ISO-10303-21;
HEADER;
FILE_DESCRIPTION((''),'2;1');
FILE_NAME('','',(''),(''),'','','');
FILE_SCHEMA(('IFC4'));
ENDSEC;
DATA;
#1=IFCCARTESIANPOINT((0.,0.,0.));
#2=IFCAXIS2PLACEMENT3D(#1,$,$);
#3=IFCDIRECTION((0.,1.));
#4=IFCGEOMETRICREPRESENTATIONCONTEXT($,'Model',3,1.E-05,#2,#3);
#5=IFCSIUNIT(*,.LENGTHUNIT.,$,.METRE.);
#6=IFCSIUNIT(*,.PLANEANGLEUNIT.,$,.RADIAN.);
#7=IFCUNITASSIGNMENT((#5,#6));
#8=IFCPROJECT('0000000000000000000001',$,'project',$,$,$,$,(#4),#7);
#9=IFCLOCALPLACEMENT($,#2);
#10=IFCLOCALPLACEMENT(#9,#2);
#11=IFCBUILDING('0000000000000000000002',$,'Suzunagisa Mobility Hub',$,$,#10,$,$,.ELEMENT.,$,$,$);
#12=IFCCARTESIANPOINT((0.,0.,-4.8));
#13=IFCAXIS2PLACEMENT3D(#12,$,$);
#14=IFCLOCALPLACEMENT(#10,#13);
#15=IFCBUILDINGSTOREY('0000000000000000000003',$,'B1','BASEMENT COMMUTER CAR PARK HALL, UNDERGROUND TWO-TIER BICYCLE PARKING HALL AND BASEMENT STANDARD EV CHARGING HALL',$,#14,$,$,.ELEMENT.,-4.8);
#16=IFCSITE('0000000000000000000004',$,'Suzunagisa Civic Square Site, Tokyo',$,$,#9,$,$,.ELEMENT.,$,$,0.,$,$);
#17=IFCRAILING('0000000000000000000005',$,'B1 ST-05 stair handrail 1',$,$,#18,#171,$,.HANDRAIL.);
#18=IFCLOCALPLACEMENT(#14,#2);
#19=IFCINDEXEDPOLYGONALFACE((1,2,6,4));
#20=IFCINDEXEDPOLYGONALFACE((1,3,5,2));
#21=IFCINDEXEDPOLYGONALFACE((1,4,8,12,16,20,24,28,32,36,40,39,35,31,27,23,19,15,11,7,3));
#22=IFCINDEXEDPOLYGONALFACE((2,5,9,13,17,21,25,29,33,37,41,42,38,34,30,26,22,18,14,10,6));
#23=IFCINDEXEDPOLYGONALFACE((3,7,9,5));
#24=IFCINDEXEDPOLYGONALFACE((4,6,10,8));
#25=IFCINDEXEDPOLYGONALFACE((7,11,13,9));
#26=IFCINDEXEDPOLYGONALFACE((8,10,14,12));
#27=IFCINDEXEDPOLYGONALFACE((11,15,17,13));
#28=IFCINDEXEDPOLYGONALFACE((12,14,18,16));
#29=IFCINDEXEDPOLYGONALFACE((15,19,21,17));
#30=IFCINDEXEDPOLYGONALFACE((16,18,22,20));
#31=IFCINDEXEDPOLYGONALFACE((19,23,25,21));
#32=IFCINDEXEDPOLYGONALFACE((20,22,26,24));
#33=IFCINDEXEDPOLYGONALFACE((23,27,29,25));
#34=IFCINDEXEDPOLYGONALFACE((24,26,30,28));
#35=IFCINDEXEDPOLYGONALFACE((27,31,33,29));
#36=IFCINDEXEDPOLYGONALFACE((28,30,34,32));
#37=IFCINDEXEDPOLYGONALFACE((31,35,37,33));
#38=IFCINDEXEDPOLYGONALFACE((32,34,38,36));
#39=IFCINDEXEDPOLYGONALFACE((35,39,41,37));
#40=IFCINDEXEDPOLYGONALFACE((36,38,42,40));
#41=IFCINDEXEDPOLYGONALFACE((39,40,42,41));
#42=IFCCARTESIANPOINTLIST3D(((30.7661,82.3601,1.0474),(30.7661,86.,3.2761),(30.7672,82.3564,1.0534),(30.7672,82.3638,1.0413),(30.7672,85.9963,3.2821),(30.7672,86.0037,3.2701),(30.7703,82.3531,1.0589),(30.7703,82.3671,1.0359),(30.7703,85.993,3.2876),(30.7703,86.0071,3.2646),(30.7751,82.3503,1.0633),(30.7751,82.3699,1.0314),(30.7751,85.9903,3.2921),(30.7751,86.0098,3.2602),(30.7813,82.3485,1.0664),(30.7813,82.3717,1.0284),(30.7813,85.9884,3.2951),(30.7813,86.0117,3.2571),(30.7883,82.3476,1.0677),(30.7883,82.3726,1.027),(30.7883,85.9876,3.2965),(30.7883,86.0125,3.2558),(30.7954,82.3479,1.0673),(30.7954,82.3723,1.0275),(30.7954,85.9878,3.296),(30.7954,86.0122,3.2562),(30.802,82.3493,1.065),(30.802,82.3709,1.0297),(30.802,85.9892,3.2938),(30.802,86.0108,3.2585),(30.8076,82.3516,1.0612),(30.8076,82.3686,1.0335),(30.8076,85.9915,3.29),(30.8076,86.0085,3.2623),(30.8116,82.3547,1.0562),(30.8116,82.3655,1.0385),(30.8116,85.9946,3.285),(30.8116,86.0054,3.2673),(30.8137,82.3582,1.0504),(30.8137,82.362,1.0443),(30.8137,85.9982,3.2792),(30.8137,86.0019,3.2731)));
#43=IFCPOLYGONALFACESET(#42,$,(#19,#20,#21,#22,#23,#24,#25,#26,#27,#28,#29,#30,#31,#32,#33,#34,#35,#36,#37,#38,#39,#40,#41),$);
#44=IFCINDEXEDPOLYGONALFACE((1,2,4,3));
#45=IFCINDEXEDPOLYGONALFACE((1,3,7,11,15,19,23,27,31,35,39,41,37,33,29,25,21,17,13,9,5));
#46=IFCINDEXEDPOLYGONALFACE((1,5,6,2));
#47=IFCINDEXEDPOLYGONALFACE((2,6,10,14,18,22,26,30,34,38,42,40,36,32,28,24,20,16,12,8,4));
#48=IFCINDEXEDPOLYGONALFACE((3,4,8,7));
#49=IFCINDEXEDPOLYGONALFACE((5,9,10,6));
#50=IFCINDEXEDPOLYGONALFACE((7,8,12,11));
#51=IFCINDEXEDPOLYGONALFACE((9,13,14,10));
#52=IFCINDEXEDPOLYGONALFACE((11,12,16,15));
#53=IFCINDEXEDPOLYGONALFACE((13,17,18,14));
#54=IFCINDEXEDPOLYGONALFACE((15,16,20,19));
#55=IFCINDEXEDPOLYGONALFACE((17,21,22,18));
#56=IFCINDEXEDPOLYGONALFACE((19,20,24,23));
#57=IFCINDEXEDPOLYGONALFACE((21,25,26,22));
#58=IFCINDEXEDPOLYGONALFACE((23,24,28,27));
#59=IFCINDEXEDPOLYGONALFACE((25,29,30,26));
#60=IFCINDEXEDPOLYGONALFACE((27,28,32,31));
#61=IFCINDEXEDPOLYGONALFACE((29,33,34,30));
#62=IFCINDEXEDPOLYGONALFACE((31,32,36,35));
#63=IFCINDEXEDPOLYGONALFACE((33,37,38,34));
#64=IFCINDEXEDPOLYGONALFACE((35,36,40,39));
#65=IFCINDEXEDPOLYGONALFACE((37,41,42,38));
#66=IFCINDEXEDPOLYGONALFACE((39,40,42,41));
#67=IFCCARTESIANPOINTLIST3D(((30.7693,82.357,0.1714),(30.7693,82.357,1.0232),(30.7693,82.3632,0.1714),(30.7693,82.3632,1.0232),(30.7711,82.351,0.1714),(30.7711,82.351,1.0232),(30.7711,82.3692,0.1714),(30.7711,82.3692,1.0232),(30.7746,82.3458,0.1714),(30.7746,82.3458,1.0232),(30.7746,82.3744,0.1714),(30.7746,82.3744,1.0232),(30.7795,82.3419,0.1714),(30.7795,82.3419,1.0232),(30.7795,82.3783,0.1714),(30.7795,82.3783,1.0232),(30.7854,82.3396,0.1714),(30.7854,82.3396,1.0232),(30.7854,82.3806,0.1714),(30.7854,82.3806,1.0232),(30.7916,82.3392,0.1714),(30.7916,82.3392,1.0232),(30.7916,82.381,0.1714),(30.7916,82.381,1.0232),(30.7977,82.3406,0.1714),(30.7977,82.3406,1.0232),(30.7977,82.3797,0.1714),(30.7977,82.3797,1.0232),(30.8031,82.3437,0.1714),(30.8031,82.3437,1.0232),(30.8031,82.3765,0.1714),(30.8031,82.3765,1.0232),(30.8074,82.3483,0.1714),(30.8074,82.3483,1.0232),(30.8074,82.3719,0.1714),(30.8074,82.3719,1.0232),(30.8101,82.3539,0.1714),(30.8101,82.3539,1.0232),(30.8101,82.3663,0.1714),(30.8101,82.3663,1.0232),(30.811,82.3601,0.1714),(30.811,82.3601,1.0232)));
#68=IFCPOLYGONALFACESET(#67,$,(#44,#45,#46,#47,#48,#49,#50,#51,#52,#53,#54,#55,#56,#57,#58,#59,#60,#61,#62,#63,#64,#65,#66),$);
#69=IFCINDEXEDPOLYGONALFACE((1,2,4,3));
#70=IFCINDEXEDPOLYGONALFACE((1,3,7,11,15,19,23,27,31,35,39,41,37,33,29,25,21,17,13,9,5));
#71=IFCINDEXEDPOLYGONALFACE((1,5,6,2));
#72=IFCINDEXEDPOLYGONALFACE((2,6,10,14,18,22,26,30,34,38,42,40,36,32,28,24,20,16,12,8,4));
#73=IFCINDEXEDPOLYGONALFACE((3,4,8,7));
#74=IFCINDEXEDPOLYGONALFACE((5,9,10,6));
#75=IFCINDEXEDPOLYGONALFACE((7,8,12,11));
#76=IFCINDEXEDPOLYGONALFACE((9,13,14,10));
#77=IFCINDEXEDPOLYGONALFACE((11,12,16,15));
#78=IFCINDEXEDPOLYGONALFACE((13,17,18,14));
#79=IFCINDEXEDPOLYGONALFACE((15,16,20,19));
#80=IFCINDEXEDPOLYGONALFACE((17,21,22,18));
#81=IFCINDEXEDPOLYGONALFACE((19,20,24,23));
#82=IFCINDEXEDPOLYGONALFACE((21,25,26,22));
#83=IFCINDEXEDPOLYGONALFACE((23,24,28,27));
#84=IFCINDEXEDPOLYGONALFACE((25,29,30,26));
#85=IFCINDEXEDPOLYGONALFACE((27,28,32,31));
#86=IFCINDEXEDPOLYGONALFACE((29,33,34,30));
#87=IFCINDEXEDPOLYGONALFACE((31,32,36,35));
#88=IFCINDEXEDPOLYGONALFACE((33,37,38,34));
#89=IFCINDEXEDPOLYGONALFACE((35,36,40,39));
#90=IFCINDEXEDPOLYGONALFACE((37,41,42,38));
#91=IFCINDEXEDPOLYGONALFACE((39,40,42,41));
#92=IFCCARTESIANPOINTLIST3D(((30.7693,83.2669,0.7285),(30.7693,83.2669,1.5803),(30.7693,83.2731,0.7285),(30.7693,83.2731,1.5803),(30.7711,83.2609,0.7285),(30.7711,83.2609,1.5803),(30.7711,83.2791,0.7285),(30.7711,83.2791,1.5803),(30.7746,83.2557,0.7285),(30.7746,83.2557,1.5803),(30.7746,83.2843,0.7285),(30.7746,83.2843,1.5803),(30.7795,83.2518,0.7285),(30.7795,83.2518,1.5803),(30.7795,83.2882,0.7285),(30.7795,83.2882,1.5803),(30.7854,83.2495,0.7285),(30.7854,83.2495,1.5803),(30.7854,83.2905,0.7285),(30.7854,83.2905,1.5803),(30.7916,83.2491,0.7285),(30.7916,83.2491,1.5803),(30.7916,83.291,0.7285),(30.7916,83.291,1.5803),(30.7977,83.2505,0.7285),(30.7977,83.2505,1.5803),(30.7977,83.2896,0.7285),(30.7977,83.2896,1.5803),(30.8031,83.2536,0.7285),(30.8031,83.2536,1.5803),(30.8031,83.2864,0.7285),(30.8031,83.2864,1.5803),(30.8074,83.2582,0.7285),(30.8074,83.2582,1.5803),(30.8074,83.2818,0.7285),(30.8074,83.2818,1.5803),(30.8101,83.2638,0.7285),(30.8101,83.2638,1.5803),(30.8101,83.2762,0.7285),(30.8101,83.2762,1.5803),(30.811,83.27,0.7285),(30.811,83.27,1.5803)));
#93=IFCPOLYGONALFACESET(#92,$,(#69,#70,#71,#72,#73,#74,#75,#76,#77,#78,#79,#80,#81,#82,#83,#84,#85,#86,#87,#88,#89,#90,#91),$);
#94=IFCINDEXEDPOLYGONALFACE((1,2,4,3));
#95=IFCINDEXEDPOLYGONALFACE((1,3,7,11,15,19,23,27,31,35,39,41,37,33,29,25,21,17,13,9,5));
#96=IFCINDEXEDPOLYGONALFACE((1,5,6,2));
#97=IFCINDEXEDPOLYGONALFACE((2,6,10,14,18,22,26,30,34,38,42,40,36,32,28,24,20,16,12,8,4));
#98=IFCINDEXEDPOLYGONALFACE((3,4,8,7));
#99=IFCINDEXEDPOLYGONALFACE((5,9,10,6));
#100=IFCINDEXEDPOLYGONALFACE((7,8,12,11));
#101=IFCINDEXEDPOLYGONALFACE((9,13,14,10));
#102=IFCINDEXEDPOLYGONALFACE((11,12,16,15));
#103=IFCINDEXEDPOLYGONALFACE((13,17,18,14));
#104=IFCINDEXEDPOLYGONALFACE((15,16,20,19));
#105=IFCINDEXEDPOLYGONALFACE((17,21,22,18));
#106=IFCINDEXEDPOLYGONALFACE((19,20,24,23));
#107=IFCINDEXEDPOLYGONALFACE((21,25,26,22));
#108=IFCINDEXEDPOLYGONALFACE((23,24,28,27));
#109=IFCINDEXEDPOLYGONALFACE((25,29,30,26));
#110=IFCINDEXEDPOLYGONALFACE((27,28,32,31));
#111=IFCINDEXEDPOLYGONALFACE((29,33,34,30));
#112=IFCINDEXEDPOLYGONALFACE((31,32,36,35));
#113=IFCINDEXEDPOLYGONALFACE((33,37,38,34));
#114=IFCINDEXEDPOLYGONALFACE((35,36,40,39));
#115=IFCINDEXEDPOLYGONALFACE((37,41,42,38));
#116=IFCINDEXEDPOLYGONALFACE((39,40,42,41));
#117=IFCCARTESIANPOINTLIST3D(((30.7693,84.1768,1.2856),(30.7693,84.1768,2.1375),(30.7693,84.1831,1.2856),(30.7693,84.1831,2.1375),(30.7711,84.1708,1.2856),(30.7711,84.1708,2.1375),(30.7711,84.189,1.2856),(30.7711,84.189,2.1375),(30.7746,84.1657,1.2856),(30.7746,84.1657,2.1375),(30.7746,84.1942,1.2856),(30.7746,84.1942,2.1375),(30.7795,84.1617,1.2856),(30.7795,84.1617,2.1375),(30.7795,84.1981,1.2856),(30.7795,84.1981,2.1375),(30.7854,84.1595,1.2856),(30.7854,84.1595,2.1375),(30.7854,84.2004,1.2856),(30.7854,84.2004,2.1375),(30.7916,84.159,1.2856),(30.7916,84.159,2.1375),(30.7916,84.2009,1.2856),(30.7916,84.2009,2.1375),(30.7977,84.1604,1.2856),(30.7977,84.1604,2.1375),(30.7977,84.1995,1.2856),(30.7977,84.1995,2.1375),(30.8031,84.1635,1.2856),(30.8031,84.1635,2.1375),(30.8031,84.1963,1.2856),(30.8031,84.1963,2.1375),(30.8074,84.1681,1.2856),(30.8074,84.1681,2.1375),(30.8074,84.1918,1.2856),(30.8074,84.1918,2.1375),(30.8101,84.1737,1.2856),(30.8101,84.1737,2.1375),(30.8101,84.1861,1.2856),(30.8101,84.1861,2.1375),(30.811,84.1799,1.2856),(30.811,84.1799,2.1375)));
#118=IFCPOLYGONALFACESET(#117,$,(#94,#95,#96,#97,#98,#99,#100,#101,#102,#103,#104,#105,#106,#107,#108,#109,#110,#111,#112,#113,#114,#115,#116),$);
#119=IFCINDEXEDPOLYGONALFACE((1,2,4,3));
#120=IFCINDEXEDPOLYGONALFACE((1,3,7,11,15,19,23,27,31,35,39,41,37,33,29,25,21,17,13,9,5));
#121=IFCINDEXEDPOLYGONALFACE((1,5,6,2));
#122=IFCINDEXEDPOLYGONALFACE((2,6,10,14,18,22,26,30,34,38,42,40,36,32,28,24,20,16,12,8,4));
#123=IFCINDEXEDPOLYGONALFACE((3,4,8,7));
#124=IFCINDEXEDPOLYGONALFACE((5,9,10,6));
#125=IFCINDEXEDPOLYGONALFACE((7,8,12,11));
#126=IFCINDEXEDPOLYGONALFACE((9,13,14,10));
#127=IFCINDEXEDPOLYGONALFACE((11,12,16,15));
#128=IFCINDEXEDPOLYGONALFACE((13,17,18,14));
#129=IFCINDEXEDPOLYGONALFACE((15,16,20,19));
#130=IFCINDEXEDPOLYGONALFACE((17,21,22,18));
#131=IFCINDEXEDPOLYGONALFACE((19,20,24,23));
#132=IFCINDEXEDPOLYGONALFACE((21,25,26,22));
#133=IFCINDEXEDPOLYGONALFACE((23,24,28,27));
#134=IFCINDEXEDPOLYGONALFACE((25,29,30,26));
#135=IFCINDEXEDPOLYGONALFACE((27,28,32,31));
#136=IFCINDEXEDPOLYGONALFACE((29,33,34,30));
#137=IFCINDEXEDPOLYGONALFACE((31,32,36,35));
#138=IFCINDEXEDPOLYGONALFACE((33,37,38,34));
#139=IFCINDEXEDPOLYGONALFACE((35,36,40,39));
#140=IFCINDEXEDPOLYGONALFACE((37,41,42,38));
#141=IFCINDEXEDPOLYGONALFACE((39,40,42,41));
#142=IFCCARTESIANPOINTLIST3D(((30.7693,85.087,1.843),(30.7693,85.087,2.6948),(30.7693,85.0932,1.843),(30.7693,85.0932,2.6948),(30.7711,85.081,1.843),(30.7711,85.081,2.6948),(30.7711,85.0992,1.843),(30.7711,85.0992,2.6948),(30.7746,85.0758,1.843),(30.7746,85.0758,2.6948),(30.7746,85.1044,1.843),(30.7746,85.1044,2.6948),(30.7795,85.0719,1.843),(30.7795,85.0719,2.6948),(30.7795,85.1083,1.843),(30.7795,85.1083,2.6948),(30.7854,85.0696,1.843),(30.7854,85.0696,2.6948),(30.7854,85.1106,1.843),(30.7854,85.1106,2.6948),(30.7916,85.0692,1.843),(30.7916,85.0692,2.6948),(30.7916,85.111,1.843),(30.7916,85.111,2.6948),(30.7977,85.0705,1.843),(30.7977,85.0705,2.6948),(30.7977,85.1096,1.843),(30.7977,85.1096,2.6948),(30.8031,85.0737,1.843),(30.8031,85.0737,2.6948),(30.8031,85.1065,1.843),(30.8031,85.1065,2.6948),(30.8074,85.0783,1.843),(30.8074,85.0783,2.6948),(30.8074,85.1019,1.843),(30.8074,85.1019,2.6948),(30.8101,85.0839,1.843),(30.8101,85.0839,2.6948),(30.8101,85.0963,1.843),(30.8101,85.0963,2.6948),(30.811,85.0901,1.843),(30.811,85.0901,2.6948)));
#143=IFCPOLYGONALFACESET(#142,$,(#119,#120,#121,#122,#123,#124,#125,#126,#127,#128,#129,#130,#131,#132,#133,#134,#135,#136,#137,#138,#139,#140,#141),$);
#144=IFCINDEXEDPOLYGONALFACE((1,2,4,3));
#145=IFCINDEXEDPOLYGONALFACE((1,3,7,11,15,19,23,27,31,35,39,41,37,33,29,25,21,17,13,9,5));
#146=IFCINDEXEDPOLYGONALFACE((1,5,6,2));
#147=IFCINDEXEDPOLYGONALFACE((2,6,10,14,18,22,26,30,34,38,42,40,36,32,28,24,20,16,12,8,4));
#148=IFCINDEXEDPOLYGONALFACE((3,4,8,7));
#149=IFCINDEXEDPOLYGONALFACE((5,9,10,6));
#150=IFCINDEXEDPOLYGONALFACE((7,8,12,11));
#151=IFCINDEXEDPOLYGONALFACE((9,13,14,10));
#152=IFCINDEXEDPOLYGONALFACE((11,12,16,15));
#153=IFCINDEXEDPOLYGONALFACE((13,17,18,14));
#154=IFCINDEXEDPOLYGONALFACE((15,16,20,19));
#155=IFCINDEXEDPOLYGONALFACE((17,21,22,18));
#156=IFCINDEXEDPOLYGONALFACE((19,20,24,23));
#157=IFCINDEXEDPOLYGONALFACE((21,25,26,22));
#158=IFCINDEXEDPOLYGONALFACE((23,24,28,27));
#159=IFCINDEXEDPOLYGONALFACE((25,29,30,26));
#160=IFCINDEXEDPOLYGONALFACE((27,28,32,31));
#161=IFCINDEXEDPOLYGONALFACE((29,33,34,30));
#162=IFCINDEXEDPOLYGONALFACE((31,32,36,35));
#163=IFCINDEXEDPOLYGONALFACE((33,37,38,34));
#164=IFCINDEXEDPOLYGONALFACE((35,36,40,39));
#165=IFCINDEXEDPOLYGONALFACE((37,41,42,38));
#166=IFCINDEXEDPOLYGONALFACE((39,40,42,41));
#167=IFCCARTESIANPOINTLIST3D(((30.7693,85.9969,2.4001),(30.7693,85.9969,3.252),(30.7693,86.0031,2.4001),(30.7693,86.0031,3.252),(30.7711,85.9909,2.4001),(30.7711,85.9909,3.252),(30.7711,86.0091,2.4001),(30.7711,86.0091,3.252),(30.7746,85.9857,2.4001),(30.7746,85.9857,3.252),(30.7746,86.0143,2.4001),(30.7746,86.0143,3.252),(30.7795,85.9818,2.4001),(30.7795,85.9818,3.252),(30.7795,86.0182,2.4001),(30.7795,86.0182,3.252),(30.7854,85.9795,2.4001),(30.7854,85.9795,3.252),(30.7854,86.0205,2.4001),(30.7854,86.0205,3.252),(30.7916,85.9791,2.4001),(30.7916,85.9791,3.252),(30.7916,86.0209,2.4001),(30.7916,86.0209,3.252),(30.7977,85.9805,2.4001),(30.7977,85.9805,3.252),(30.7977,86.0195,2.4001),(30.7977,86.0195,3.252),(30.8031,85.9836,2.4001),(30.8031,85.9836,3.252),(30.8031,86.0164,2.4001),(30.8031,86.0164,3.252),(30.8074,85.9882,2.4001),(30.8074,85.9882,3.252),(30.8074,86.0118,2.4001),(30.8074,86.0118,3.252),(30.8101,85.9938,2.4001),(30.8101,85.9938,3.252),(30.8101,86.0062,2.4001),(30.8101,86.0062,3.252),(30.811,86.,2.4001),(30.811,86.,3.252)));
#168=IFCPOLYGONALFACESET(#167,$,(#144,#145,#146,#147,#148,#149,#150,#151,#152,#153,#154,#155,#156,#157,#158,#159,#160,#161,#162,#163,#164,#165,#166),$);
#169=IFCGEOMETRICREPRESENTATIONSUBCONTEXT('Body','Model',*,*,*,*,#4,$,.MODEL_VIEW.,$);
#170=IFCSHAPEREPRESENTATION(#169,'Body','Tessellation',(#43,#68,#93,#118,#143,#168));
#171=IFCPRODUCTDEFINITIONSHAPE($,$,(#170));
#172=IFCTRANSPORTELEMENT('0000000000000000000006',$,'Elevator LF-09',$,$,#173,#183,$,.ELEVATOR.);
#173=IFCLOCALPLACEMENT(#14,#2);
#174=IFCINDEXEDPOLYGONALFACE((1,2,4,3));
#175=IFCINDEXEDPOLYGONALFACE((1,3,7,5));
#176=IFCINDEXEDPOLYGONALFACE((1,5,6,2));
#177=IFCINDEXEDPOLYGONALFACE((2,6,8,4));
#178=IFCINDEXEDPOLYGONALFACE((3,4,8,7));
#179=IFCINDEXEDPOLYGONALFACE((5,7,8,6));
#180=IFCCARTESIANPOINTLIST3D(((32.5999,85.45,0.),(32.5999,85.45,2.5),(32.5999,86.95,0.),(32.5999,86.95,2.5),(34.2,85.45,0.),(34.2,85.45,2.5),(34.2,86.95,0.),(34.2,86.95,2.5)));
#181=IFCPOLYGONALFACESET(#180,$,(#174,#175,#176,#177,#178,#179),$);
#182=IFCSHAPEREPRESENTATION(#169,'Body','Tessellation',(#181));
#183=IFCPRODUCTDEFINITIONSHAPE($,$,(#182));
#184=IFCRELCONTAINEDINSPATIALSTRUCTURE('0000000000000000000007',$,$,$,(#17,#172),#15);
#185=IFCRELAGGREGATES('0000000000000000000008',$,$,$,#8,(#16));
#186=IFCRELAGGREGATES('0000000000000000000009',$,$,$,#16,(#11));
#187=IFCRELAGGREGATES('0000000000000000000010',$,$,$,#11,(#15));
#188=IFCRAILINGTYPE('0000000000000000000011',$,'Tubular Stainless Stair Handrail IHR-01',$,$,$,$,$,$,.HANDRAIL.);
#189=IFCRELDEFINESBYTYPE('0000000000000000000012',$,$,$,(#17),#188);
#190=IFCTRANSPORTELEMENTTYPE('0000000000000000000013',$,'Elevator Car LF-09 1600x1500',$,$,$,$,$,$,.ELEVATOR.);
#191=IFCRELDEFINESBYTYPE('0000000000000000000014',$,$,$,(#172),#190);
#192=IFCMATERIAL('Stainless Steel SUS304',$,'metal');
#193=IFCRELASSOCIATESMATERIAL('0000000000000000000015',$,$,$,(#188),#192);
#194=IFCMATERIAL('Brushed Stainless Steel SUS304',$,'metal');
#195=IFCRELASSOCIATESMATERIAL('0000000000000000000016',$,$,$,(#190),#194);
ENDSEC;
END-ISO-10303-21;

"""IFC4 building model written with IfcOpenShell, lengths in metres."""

from ifc_helpers import new_model, si_unit, direction, frame, origin, origin_2d, place, context, subcontext, project, spatial, rectangle, circle, extrude, material, type_object, element, save


model = new_model("IFC4")

# Units and contexts
model_context = context("Model", 3, precision=1e-05, world=origin(), true_north=direction((0.0, 1.0)))
body_context = subcontext(model_context, "Body", "Model", "MODEL_VIEW")
ifc_project = project(units=[si_unit("LENGTHUNIT", "METRE"), si_unit("PLANEANGLEUNIT", "RADIAN")], contexts=[model_context])

# Site, building, storey
site_placement = place(None, origin())
site = spatial("IfcSite", under=ifc_project, at=site_placement, Name="Suzunagisa Civic Square Site, Tokyo", CompositionType="ELEMENT", RefElevation=0.0)
building_placement = place(site_placement, origin())
building = spatial("IfcBuilding", under=site, at=building_placement, Name="Suzunagisa Mobility Hub", CompositionType="ELEMENT")
storey_placement = place(building_placement, frame((0.0, 0.0, -4.8)))
storey = spatial("IfcBuildingStorey", under=building, at=storey_placement, Name="B1", Description="BASEMENT COMMUTER CAR PARK HALL, UNDERGROUND TWO-TIER BICYCLE PARKING HALL AND BASEMENT STANDARD EV CHARGING HALL", CompositionType="ELEMENT", Elevation=-4.8)

# Shared definitions
ifc_material_1 = material(Name="Brushed Stainless Steel SUS304", Category="metal")

# Railing
ifc_material_2 = material(Name="Stainless Steel SUS304", Category="metal")
railing_type_1 = type_object("IfcRailingType", Name="Tubular Stainless Stair Handrail IHR-01", PredefinedType="HANDRAIL", material=ifc_material_2)
railing_1_placement = place(storey_placement, frame((30.79, 82.3601, 0.1714)))
element("IfcRailing", 1, at=railing_1_placement, inside=storey, type_object=railing_type_1, Name="B1 ST-05 stair handrail 1", PredefinedType="HANDRAIL", context=body_context, shape_type="SweptSolid", body=[
    extrude(circle(Radius=0.0239, at=origin_2d()), frame((0.0, 0.0, 0.876), z_axis=(0.0, 0.852825, 0.522197), x_axis=(-1.0, 0.0, 0.0)), (0.0, 0.0, 1.0), 4.2681),
    extrude(circle(Radius=0.021, at=origin_2d()), origin(), (0.0, 0.0, 1.0), 0.8518),
    extrude(circle(Radius=0.021, at=origin_2d()), frame((0.0, 0.9099, 0.5571)), (0.0, 0.0, 1.0), 0.8518),
    extrude(circle(Radius=0.021, at=origin_2d()), frame((0.0, 1.8198, 1.1143)), (0.0, 0.0, 1.0), 0.8518),
    extrude(circle(Radius=0.021, at=origin_2d()), frame((0.0, 2.73, 1.6716)), (0.0, 0.0, 1.0), 0.8518),
    extrude(circle(Radius=0.021, at=origin_2d()), frame((0.0, 3.6399, 2.2288)), (0.0, 0.0, 1.0), 0.8518),
])

# Transport element
transport_element_type = type_object("IfcTransportElementType", Name="Elevator Car LF-09 1600x1500", PredefinedType="ELEVATOR", material=ifc_material_1)
transport_element_placement = place(storey_placement, frame((33.3999, 86.2, 0.0), z_axis=(0.0, 0.0, 1.0), x_axis=(1.0, 0.0, 0.0)))
element("IfcTransportElement", 2, at=transport_element_placement, inside=storey, type_object=transport_element_type, Name="Elevator LF-09", PredefinedType="ELEVATOR", context=body_context, shape_type="SweptSolid", body=[
    extrude(rectangle(XDim=1.6001, YDim=1.5, at=origin_2d()), origin(), (0.0, 0.0, 1.0), 2.5),
])

save(model, "model.ifc")
